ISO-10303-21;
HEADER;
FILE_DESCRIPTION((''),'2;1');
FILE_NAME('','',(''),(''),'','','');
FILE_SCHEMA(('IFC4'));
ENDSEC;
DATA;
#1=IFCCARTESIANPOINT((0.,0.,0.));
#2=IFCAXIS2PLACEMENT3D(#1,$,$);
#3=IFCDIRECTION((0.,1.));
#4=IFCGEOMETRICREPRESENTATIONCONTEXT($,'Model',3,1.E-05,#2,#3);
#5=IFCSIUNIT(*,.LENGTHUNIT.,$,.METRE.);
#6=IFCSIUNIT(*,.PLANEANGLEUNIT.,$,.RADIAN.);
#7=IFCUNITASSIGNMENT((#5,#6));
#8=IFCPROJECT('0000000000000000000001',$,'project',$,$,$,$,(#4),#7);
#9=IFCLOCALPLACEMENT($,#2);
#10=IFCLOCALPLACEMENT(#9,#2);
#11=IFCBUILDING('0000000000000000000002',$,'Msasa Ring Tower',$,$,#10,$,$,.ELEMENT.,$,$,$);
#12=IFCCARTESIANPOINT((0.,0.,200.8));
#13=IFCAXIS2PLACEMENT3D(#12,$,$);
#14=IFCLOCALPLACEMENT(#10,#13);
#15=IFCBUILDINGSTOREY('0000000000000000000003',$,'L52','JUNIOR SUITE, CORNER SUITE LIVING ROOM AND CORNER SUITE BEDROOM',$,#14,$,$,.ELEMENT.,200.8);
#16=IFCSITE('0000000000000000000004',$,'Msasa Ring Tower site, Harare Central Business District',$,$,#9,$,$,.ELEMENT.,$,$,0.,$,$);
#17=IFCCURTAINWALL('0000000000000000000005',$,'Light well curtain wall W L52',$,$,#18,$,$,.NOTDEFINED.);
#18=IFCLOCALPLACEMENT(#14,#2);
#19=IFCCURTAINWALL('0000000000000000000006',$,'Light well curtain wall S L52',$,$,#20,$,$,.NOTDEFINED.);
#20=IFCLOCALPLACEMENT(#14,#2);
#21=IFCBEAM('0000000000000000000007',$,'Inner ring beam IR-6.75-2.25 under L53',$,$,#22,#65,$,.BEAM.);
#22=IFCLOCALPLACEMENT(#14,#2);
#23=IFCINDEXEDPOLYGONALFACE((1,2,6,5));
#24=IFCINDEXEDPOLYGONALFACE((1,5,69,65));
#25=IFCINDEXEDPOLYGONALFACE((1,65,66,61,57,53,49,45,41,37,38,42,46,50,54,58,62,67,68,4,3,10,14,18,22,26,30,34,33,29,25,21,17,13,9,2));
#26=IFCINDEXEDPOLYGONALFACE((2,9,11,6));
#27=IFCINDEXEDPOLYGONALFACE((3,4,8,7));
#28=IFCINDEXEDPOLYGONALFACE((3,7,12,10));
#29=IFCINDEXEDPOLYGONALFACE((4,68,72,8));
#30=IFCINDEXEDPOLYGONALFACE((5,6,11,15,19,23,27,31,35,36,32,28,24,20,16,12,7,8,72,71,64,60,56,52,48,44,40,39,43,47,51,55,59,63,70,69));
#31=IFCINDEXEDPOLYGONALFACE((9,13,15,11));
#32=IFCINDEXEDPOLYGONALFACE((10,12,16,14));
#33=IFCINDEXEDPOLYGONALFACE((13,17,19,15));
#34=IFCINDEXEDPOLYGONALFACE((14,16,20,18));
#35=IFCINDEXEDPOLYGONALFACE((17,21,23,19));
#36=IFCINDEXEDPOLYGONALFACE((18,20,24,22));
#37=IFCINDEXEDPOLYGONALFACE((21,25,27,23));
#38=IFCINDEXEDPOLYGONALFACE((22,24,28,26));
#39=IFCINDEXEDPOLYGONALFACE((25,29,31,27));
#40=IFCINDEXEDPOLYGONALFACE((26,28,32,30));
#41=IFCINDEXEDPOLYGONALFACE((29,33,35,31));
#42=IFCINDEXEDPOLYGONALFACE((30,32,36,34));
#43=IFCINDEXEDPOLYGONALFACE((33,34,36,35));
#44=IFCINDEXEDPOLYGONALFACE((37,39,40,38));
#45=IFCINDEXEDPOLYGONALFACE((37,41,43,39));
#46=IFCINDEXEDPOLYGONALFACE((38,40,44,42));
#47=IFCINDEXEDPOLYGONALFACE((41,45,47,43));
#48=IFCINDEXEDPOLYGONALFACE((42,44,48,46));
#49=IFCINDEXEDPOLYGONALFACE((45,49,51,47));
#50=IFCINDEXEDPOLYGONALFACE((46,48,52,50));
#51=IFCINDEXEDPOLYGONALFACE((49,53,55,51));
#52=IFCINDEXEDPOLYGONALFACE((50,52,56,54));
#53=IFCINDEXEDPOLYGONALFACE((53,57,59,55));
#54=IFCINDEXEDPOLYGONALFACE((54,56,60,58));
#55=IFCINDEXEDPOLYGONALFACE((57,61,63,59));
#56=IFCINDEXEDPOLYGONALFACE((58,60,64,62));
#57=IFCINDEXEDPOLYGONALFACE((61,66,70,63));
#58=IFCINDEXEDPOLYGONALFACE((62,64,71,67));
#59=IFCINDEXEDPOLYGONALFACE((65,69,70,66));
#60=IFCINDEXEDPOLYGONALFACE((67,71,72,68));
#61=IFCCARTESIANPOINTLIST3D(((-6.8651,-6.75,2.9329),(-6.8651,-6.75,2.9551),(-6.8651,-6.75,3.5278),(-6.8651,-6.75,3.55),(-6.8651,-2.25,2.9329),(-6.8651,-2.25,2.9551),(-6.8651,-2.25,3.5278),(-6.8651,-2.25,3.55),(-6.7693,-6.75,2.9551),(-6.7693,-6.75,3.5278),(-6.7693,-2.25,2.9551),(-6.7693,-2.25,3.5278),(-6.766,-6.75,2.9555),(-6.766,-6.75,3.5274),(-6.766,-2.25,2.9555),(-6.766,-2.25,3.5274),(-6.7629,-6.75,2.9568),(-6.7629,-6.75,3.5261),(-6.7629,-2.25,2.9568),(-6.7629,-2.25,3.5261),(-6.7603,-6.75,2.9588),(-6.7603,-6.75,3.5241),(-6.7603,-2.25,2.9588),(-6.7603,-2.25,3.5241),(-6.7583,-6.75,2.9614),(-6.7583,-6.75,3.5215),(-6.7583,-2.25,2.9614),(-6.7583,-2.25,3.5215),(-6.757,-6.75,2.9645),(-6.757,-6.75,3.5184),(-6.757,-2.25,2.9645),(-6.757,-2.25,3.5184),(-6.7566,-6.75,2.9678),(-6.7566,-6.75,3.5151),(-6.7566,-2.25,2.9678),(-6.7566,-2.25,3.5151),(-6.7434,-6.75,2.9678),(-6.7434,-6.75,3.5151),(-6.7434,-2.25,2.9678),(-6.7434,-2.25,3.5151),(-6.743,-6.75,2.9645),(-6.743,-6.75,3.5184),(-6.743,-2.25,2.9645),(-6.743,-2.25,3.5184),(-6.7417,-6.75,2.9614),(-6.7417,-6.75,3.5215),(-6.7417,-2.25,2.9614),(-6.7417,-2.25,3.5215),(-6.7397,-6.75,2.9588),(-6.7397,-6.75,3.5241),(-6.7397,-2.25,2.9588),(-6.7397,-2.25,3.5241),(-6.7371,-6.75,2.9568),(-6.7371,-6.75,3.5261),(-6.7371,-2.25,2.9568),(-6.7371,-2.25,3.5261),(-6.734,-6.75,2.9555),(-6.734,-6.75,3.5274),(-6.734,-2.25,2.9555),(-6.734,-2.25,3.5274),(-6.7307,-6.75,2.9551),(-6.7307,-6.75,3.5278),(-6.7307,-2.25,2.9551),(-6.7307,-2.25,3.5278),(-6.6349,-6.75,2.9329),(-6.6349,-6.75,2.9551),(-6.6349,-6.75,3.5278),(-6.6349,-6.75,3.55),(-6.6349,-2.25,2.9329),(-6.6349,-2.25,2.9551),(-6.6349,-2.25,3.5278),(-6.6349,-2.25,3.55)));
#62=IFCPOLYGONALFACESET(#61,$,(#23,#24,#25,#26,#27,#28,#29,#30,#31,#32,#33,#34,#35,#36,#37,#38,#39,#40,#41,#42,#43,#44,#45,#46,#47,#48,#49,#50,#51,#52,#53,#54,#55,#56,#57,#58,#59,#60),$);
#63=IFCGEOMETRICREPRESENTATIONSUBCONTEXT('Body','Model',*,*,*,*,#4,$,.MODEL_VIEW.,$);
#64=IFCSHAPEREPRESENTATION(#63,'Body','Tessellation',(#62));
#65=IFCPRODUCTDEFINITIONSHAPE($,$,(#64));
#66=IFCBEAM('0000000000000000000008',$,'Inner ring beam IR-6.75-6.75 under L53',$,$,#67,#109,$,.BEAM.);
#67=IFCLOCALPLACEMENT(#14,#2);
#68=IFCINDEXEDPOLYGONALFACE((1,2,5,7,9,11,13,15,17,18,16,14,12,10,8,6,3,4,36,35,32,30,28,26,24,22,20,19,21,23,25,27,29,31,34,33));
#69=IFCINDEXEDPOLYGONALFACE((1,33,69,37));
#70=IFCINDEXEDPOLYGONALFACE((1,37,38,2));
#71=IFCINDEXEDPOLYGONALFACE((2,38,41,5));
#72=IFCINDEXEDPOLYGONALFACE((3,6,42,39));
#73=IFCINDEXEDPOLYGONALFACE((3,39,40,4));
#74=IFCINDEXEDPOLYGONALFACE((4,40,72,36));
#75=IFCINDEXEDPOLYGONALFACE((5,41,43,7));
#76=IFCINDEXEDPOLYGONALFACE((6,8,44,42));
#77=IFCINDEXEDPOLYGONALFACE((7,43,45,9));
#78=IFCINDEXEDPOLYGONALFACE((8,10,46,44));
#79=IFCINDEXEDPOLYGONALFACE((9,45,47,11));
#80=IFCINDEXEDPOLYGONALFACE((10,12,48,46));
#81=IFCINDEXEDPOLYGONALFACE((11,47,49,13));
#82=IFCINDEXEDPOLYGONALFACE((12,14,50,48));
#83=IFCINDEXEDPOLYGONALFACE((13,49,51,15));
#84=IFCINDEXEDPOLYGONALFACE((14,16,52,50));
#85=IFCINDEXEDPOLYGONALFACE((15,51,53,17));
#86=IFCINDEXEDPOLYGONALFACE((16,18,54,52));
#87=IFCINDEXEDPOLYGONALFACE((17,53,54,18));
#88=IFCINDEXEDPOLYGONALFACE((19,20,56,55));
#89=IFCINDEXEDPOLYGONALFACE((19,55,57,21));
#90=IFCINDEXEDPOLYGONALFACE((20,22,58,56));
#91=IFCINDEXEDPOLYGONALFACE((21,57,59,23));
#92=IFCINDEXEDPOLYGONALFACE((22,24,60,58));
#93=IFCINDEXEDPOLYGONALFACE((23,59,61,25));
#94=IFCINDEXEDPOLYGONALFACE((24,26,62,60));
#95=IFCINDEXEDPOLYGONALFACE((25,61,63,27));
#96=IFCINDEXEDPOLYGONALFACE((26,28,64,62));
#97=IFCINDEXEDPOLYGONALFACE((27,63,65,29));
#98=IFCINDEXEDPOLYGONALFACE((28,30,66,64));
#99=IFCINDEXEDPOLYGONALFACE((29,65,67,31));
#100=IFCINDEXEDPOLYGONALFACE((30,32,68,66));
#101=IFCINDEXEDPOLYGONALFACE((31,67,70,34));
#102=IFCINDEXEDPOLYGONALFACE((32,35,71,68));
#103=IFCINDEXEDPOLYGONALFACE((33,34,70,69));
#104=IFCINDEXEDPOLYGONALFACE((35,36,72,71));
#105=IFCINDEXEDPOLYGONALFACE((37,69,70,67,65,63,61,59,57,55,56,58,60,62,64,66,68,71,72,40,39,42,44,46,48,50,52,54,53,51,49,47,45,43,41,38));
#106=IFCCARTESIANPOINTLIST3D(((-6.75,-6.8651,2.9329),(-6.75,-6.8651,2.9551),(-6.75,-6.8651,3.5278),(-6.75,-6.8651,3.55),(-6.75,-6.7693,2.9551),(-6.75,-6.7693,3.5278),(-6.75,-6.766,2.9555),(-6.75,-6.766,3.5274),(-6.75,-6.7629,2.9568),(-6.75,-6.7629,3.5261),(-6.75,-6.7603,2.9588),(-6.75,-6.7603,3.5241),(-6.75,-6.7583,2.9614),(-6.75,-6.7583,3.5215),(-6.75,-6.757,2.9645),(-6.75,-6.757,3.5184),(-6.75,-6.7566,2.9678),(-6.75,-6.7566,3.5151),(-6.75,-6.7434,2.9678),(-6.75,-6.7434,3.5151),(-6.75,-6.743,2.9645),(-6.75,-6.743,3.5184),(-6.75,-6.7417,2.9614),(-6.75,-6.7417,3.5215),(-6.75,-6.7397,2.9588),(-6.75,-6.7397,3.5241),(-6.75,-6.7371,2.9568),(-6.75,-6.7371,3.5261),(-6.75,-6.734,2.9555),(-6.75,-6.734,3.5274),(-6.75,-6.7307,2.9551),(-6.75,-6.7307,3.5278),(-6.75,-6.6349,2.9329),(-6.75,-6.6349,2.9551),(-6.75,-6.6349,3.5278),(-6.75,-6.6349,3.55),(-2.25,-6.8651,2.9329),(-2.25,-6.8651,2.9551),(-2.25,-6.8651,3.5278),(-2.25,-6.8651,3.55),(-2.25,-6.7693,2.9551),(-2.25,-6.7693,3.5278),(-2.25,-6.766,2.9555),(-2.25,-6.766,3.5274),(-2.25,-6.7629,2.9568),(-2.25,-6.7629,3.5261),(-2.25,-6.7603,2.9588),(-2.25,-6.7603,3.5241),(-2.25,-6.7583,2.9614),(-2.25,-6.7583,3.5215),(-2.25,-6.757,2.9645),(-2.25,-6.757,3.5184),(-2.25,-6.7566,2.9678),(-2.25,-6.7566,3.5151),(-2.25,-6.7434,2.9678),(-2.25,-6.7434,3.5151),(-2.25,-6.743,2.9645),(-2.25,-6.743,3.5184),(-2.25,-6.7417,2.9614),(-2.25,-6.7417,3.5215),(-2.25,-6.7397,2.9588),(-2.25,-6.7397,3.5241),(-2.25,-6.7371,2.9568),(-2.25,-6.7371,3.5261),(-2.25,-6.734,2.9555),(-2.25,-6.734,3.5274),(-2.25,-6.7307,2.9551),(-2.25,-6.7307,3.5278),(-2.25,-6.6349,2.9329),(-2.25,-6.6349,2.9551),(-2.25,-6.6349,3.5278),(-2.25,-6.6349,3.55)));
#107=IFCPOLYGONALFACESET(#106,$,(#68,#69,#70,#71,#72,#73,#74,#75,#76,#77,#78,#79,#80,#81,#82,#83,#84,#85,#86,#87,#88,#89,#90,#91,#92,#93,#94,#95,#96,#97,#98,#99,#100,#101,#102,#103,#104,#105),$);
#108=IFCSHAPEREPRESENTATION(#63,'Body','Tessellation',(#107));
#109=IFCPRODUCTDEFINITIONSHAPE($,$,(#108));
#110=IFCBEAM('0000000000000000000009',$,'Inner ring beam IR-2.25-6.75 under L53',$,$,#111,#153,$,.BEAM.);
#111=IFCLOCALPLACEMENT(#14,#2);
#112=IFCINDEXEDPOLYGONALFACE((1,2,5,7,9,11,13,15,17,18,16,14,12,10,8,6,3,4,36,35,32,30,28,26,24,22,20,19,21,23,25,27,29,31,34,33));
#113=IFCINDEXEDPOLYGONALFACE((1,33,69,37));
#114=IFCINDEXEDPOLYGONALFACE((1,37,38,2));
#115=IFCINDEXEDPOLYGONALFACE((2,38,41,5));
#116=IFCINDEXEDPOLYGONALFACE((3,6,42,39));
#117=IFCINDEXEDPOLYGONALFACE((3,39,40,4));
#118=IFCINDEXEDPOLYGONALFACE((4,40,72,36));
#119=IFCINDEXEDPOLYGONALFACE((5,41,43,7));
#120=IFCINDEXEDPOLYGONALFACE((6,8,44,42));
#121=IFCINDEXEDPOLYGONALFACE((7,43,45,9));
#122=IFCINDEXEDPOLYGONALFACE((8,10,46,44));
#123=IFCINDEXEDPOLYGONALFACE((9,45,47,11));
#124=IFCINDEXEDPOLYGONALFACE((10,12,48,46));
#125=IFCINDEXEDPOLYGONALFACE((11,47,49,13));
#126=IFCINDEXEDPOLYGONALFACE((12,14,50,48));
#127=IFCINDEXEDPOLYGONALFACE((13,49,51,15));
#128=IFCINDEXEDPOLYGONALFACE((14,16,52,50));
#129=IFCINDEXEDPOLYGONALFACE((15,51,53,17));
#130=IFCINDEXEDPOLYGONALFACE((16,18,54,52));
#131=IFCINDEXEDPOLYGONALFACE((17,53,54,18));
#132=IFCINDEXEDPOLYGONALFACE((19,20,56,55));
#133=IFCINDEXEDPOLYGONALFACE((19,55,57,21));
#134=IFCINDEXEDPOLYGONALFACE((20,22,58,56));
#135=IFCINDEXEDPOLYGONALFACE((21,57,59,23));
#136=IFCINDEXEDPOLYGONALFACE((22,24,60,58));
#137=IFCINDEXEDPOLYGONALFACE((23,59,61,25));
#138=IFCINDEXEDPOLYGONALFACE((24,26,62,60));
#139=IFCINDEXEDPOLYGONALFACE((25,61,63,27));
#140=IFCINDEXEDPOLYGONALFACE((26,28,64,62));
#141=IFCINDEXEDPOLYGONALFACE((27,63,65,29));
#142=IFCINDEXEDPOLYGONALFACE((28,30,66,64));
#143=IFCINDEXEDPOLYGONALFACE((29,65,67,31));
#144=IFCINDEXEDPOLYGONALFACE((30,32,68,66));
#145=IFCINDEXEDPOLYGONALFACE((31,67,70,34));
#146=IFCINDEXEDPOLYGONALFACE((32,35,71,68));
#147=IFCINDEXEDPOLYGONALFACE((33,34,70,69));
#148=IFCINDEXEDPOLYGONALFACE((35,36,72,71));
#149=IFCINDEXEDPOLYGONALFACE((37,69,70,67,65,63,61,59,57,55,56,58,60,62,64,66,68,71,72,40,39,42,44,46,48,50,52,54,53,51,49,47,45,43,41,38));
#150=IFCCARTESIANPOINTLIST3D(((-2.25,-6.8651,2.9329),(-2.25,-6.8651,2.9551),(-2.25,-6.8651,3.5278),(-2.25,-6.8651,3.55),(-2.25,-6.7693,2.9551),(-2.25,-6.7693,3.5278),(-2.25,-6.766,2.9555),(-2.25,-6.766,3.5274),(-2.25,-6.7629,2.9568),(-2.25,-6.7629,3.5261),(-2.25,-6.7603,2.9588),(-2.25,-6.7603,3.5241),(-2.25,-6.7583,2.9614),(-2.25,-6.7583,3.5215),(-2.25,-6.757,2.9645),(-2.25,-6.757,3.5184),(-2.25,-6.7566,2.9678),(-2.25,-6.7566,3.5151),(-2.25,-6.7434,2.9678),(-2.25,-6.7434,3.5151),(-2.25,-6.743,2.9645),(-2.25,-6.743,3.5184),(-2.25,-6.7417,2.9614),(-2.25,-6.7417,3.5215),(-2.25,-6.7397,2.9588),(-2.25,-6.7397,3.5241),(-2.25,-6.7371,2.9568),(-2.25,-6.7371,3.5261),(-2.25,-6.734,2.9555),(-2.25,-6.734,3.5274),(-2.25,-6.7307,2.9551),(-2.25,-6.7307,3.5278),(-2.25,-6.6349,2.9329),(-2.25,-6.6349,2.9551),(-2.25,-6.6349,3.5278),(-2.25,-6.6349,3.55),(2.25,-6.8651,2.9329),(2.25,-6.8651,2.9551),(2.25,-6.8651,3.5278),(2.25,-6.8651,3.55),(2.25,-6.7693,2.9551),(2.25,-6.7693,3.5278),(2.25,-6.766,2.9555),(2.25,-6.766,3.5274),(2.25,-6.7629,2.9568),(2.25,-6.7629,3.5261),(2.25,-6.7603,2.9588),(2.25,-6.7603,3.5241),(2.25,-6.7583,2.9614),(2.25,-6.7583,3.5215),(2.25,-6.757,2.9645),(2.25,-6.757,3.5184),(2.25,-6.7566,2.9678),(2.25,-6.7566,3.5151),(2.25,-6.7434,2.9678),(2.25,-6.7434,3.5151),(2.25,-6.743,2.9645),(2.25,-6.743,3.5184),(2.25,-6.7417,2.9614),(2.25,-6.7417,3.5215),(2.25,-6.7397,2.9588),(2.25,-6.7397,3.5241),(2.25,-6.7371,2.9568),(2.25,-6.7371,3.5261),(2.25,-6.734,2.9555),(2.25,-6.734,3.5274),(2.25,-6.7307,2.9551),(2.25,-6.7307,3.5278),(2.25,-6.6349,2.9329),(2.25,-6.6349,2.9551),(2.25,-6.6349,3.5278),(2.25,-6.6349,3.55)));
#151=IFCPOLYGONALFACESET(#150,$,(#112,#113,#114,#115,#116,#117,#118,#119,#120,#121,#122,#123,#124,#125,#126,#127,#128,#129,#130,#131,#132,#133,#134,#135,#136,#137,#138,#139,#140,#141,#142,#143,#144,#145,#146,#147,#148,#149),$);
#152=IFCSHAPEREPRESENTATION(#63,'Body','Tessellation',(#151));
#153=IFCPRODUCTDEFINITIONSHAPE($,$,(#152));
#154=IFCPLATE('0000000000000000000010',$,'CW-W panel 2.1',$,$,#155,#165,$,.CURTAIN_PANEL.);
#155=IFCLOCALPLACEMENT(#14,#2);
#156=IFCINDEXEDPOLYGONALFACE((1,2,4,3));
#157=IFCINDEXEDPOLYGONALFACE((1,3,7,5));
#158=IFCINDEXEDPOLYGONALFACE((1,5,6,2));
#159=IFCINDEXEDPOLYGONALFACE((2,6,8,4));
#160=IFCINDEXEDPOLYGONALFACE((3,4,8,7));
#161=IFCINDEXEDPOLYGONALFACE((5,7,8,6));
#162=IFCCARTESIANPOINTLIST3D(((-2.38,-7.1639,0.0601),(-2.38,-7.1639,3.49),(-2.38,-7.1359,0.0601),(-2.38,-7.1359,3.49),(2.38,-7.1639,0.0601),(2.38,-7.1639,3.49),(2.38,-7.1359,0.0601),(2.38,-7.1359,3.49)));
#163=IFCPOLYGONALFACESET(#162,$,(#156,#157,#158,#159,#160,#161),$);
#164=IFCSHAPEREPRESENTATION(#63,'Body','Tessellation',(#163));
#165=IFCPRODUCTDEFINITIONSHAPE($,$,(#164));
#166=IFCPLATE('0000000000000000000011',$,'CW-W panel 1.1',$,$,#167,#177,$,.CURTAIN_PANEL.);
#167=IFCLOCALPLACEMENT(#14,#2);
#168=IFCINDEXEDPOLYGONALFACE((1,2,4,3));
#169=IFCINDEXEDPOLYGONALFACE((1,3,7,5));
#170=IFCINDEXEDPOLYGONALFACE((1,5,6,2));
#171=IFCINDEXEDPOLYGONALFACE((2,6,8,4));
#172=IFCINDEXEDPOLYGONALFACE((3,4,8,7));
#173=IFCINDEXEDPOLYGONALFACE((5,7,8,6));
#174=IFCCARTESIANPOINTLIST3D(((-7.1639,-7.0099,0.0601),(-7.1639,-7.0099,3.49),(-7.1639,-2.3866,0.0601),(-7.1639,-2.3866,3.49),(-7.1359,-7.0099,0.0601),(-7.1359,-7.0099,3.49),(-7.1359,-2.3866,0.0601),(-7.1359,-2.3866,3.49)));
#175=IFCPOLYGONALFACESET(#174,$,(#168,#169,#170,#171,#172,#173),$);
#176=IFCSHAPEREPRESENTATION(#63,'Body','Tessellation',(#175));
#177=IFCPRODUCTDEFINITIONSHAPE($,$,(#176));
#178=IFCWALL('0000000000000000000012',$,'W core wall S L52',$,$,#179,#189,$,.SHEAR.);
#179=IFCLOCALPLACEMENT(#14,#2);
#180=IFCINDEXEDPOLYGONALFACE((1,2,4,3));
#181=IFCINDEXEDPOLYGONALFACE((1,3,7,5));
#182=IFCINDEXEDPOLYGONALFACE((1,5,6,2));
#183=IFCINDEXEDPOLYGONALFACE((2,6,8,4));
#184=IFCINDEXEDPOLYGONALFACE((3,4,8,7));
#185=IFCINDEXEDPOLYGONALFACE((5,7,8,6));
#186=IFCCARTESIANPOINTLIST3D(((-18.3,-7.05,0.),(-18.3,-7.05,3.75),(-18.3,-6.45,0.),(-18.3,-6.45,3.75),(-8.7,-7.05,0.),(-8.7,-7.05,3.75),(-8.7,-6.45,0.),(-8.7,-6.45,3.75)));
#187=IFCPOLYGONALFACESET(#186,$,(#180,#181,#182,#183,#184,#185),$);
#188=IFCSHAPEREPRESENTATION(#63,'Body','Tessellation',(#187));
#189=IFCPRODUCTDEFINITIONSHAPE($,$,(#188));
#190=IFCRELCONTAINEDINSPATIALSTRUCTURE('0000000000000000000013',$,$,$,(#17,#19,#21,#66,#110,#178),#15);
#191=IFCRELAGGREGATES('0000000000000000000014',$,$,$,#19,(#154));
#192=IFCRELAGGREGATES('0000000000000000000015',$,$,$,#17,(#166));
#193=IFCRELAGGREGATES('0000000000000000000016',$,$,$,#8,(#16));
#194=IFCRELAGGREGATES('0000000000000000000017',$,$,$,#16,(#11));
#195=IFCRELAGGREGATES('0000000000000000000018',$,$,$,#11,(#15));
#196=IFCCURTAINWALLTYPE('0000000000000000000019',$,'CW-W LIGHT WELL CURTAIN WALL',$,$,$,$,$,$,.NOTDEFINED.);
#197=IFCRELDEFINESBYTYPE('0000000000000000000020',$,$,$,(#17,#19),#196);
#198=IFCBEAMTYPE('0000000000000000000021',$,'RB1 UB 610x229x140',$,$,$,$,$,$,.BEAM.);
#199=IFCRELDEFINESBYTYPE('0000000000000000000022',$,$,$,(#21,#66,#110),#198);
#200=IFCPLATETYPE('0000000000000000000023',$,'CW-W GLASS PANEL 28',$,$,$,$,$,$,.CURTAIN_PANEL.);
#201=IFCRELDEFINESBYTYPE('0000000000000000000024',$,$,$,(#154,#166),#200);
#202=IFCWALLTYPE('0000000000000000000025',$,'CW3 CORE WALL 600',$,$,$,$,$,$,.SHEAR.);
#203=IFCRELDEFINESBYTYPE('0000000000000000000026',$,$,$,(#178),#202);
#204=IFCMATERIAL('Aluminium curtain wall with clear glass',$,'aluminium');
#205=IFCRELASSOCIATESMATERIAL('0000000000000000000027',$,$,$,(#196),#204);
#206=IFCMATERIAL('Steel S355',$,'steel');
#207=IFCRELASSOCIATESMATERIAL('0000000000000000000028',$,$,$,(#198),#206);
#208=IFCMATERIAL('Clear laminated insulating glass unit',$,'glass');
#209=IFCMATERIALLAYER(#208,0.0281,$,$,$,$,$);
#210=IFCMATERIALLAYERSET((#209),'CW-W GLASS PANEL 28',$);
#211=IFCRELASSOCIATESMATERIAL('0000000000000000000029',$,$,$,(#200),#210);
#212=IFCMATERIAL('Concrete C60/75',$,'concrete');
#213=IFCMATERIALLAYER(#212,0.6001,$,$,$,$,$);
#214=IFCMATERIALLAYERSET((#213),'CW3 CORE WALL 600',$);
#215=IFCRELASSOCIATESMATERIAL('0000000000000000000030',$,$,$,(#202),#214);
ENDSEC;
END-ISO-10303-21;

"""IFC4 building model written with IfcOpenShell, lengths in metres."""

from ifc_helpers import new_model, si_unit, direction, frame, frame_2d, origin, origin_2d, place, context, subcontext, project, spatial, rectangle, i_section, extrude, material, layer, layer_set, material_profile, profile_set, type_object, element, aggregate, save


model = new_model("IFC4")

# Units and contexts
model_context = context("Model", 3, precision=1e-05, world=origin(), true_north=direction((0.0, 1.0)))
body_context = subcontext(model_context, "Body", "Model", "MODEL_VIEW")
ifc_project = project(units=[si_unit("LENGTHUNIT", "METRE"), si_unit("PLANEANGLEUNIT", "RADIAN")], contexts=[model_context])

# Site, building, storey
site_placement = place(None, origin())
site = spatial("IfcSite", under=ifc_project, at=site_placement, Name="Msasa Ring Tower site, Harare Central Business District", CompositionType="ELEMENT", RefElevation=0.0)
building_placement = place(site_placement, origin())
building = spatial("IfcBuilding", under=site, at=building_placement, Name="Msasa Ring Tower", CompositionType="ELEMENT")
storey_placement = place(building_placement, frame((0.0, 0.0, 200.8)))
storey = spatial("IfcBuildingStorey", under=building, at=storey_placement, Name="L52", Description="JUNIOR SUITE, CORNER SUITE LIVING ROOM AND CORNER SUITE BEDROOM", CompositionType="ELEMENT", Elevation=200.8)

# Curtain walls
ifc_material_1 = material(Name="Aluminium curtain wall with clear glass", Category="aluminium")
curtain_wall_type = type_object("IfcCurtainWallType", Name="CW-W LIGHT WELL CURTAIN WALL", PredefinedType="NOTDEFINED", material=ifc_material_1)
curtain_wall_1_placement = place(storey_placement, origin())
curtain_wall_1 = element("IfcCurtainWall", 1, at=curtain_wall_1_placement, inside=storey, type_object=curtain_wall_type, Name="Light well curtain wall W L52", PredefinedType="NOTDEFINED")
curtain_wall_2_placement = place(storey_placement, origin())
curtain_wall_2 = element("IfcCurtainWall", 2, at=curtain_wall_2_placement, inside=storey, type_object=curtain_wall_type, Name="Light well curtain wall S L52", PredefinedType="NOTDEFINED")

# Beams
ifc_material_2 = material(Name="Steel S355", Category="steel")
ifc_material_profile_1 = material_profile(ifc_material_2, i_section(OverallWidth=0.2302, OverallDepth=0.6172, WebThickness=0.0132, FlangeThickness=0.0222, FilletRadius=0.0127, at=origin_2d()), Name="UB 610x229x140")
ifc_profile_set_1 = profile_set([ifc_material_profile_1], Name="Steel S355")
beam_type = type_object("IfcBeamType", Name="RB1 UB 610x229x140", PredefinedType="BEAM", material=ifc_profile_set_1)
for number, where, z_axis, x_axis, name in (
    (3, (-6.75, -2.25, 3.2415), (0.0, -1.0, 0.0), (1.0, 0.0, 0.0), "Inner ring beam IR-6.75-2.25 under L53"),
    (4, (-6.75, -6.75, 3.2415), (1.0, 0.0, 0.0), (0.0, 1.0, 0.0), "Inner ring beam IR-6.75-6.75 under L53"),
    (5, (-2.25, -6.75, 3.2415), (1.0, 0.0, 0.0), (0.0, 1.0, 0.0), "Inner ring beam IR-2.25-6.75 under L53"),
):
    element("IfcBeam", number, at=place(storey_placement, frame(where, z_axis=z_axis, x_axis=x_axis)), inside=storey, type_object=beam_type, Name=name, PredefinedType="BEAM", context=body_context, shape_type="SweptSolid", body=[
        extrude(i_section(OverallWidth=0.2302, OverallDepth=0.6172, WebThickness=0.0132, FlangeThickness=0.0222, FilletRadius=0.0127, at=origin_2d()), origin(), (0.0, 0.0, 1.0), 4.5),
    ])

# Plates
ifc_material_3 = material(Name="Clear laminated insulating glass unit", Category="glass")
ifc_layer_1 = layer(ifc_material_3, 0.0281)
ifc_layer_set_1 = layer_set([ifc_layer_1], Name="CW-W GLASS PANEL 28")
plate_type = type_object("IfcPlateType", Name="CW-W GLASS PANEL 28", PredefinedType="CURTAIN_PANEL", material=ifc_layer_set_1)
plate_1_placement = place(storey_placement, frame((0.0, -7.1499, 0.0601), z_axis=(0.0, 0.0, 1.0), x_axis=(1.0, 0.0, 0.0)))
plate_1 = element("IfcPlate", 6, at=plate_1_placement, type_object=plate_type, Name="CW-W panel 2.1", PredefinedType="CURTAIN_PANEL", context=body_context, shape_type="SweptSolid", body=[
    extrude(rectangle(XDim=4.76, YDim=0.0281, at=origin_2d()), origin(), (0.0, 0.0, 1.0), 3.4299),
])
aggregate(curtain_wall_2, [plate_1])
plate_2_placement = place(storey_placement, frame((-7.1499, -4.6982, 0.0601), z_axis=(0.0, 0.0, 1.0), x_axis=(0.0, 1.0, 0.0)))
plate_2 = element("IfcPlate", 7, at=plate_2_placement, type_object=plate_type, Name="CW-W panel 1.1", PredefinedType="CURTAIN_PANEL", context=body_context, shape_type="SweptSolid", body=[
    extrude(rectangle(XDim=4.6233, YDim=0.0281, at=origin_2d()), origin(), (0.0, 0.0, 1.0), 3.4299),
])
aggregate(curtain_wall_1, [plate_2])

# Wall
ifc_material_4 = material(Name="Concrete C60/75", Category="concrete")
ifc_layer_2 = layer(ifc_material_4, 0.6001)
ifc_layer_set_2 = layer_set([ifc_layer_2], Name="CW3 CORE WALL 600")
wall_type_1 = type_object("IfcWallType", Name="CW3 CORE WALL 600", PredefinedType="SHEAR", material=ifc_layer_set_2)
wall_1_placement = place(storey_placement, frame((-8.7, -6.75, 0.0), z_axis=(0.0, 0.0, 1.0), x_axis=(-1.0, 0.0, 0.0)))
element("IfcWall", 8, at=wall_1_placement, inside=storey, type_object=wall_type_1, Name="W core wall S L52", PredefinedType="SHEAR", context=body_context, shape_type="SweptSolid", body=[
    extrude(rectangle(XDim=9.6001, YDim=0.6001, at=frame_2d((4.8, 0.0))), origin(), (0.0, 0.0, 1.0), 3.75),
])

save(model, "model.ifc")
